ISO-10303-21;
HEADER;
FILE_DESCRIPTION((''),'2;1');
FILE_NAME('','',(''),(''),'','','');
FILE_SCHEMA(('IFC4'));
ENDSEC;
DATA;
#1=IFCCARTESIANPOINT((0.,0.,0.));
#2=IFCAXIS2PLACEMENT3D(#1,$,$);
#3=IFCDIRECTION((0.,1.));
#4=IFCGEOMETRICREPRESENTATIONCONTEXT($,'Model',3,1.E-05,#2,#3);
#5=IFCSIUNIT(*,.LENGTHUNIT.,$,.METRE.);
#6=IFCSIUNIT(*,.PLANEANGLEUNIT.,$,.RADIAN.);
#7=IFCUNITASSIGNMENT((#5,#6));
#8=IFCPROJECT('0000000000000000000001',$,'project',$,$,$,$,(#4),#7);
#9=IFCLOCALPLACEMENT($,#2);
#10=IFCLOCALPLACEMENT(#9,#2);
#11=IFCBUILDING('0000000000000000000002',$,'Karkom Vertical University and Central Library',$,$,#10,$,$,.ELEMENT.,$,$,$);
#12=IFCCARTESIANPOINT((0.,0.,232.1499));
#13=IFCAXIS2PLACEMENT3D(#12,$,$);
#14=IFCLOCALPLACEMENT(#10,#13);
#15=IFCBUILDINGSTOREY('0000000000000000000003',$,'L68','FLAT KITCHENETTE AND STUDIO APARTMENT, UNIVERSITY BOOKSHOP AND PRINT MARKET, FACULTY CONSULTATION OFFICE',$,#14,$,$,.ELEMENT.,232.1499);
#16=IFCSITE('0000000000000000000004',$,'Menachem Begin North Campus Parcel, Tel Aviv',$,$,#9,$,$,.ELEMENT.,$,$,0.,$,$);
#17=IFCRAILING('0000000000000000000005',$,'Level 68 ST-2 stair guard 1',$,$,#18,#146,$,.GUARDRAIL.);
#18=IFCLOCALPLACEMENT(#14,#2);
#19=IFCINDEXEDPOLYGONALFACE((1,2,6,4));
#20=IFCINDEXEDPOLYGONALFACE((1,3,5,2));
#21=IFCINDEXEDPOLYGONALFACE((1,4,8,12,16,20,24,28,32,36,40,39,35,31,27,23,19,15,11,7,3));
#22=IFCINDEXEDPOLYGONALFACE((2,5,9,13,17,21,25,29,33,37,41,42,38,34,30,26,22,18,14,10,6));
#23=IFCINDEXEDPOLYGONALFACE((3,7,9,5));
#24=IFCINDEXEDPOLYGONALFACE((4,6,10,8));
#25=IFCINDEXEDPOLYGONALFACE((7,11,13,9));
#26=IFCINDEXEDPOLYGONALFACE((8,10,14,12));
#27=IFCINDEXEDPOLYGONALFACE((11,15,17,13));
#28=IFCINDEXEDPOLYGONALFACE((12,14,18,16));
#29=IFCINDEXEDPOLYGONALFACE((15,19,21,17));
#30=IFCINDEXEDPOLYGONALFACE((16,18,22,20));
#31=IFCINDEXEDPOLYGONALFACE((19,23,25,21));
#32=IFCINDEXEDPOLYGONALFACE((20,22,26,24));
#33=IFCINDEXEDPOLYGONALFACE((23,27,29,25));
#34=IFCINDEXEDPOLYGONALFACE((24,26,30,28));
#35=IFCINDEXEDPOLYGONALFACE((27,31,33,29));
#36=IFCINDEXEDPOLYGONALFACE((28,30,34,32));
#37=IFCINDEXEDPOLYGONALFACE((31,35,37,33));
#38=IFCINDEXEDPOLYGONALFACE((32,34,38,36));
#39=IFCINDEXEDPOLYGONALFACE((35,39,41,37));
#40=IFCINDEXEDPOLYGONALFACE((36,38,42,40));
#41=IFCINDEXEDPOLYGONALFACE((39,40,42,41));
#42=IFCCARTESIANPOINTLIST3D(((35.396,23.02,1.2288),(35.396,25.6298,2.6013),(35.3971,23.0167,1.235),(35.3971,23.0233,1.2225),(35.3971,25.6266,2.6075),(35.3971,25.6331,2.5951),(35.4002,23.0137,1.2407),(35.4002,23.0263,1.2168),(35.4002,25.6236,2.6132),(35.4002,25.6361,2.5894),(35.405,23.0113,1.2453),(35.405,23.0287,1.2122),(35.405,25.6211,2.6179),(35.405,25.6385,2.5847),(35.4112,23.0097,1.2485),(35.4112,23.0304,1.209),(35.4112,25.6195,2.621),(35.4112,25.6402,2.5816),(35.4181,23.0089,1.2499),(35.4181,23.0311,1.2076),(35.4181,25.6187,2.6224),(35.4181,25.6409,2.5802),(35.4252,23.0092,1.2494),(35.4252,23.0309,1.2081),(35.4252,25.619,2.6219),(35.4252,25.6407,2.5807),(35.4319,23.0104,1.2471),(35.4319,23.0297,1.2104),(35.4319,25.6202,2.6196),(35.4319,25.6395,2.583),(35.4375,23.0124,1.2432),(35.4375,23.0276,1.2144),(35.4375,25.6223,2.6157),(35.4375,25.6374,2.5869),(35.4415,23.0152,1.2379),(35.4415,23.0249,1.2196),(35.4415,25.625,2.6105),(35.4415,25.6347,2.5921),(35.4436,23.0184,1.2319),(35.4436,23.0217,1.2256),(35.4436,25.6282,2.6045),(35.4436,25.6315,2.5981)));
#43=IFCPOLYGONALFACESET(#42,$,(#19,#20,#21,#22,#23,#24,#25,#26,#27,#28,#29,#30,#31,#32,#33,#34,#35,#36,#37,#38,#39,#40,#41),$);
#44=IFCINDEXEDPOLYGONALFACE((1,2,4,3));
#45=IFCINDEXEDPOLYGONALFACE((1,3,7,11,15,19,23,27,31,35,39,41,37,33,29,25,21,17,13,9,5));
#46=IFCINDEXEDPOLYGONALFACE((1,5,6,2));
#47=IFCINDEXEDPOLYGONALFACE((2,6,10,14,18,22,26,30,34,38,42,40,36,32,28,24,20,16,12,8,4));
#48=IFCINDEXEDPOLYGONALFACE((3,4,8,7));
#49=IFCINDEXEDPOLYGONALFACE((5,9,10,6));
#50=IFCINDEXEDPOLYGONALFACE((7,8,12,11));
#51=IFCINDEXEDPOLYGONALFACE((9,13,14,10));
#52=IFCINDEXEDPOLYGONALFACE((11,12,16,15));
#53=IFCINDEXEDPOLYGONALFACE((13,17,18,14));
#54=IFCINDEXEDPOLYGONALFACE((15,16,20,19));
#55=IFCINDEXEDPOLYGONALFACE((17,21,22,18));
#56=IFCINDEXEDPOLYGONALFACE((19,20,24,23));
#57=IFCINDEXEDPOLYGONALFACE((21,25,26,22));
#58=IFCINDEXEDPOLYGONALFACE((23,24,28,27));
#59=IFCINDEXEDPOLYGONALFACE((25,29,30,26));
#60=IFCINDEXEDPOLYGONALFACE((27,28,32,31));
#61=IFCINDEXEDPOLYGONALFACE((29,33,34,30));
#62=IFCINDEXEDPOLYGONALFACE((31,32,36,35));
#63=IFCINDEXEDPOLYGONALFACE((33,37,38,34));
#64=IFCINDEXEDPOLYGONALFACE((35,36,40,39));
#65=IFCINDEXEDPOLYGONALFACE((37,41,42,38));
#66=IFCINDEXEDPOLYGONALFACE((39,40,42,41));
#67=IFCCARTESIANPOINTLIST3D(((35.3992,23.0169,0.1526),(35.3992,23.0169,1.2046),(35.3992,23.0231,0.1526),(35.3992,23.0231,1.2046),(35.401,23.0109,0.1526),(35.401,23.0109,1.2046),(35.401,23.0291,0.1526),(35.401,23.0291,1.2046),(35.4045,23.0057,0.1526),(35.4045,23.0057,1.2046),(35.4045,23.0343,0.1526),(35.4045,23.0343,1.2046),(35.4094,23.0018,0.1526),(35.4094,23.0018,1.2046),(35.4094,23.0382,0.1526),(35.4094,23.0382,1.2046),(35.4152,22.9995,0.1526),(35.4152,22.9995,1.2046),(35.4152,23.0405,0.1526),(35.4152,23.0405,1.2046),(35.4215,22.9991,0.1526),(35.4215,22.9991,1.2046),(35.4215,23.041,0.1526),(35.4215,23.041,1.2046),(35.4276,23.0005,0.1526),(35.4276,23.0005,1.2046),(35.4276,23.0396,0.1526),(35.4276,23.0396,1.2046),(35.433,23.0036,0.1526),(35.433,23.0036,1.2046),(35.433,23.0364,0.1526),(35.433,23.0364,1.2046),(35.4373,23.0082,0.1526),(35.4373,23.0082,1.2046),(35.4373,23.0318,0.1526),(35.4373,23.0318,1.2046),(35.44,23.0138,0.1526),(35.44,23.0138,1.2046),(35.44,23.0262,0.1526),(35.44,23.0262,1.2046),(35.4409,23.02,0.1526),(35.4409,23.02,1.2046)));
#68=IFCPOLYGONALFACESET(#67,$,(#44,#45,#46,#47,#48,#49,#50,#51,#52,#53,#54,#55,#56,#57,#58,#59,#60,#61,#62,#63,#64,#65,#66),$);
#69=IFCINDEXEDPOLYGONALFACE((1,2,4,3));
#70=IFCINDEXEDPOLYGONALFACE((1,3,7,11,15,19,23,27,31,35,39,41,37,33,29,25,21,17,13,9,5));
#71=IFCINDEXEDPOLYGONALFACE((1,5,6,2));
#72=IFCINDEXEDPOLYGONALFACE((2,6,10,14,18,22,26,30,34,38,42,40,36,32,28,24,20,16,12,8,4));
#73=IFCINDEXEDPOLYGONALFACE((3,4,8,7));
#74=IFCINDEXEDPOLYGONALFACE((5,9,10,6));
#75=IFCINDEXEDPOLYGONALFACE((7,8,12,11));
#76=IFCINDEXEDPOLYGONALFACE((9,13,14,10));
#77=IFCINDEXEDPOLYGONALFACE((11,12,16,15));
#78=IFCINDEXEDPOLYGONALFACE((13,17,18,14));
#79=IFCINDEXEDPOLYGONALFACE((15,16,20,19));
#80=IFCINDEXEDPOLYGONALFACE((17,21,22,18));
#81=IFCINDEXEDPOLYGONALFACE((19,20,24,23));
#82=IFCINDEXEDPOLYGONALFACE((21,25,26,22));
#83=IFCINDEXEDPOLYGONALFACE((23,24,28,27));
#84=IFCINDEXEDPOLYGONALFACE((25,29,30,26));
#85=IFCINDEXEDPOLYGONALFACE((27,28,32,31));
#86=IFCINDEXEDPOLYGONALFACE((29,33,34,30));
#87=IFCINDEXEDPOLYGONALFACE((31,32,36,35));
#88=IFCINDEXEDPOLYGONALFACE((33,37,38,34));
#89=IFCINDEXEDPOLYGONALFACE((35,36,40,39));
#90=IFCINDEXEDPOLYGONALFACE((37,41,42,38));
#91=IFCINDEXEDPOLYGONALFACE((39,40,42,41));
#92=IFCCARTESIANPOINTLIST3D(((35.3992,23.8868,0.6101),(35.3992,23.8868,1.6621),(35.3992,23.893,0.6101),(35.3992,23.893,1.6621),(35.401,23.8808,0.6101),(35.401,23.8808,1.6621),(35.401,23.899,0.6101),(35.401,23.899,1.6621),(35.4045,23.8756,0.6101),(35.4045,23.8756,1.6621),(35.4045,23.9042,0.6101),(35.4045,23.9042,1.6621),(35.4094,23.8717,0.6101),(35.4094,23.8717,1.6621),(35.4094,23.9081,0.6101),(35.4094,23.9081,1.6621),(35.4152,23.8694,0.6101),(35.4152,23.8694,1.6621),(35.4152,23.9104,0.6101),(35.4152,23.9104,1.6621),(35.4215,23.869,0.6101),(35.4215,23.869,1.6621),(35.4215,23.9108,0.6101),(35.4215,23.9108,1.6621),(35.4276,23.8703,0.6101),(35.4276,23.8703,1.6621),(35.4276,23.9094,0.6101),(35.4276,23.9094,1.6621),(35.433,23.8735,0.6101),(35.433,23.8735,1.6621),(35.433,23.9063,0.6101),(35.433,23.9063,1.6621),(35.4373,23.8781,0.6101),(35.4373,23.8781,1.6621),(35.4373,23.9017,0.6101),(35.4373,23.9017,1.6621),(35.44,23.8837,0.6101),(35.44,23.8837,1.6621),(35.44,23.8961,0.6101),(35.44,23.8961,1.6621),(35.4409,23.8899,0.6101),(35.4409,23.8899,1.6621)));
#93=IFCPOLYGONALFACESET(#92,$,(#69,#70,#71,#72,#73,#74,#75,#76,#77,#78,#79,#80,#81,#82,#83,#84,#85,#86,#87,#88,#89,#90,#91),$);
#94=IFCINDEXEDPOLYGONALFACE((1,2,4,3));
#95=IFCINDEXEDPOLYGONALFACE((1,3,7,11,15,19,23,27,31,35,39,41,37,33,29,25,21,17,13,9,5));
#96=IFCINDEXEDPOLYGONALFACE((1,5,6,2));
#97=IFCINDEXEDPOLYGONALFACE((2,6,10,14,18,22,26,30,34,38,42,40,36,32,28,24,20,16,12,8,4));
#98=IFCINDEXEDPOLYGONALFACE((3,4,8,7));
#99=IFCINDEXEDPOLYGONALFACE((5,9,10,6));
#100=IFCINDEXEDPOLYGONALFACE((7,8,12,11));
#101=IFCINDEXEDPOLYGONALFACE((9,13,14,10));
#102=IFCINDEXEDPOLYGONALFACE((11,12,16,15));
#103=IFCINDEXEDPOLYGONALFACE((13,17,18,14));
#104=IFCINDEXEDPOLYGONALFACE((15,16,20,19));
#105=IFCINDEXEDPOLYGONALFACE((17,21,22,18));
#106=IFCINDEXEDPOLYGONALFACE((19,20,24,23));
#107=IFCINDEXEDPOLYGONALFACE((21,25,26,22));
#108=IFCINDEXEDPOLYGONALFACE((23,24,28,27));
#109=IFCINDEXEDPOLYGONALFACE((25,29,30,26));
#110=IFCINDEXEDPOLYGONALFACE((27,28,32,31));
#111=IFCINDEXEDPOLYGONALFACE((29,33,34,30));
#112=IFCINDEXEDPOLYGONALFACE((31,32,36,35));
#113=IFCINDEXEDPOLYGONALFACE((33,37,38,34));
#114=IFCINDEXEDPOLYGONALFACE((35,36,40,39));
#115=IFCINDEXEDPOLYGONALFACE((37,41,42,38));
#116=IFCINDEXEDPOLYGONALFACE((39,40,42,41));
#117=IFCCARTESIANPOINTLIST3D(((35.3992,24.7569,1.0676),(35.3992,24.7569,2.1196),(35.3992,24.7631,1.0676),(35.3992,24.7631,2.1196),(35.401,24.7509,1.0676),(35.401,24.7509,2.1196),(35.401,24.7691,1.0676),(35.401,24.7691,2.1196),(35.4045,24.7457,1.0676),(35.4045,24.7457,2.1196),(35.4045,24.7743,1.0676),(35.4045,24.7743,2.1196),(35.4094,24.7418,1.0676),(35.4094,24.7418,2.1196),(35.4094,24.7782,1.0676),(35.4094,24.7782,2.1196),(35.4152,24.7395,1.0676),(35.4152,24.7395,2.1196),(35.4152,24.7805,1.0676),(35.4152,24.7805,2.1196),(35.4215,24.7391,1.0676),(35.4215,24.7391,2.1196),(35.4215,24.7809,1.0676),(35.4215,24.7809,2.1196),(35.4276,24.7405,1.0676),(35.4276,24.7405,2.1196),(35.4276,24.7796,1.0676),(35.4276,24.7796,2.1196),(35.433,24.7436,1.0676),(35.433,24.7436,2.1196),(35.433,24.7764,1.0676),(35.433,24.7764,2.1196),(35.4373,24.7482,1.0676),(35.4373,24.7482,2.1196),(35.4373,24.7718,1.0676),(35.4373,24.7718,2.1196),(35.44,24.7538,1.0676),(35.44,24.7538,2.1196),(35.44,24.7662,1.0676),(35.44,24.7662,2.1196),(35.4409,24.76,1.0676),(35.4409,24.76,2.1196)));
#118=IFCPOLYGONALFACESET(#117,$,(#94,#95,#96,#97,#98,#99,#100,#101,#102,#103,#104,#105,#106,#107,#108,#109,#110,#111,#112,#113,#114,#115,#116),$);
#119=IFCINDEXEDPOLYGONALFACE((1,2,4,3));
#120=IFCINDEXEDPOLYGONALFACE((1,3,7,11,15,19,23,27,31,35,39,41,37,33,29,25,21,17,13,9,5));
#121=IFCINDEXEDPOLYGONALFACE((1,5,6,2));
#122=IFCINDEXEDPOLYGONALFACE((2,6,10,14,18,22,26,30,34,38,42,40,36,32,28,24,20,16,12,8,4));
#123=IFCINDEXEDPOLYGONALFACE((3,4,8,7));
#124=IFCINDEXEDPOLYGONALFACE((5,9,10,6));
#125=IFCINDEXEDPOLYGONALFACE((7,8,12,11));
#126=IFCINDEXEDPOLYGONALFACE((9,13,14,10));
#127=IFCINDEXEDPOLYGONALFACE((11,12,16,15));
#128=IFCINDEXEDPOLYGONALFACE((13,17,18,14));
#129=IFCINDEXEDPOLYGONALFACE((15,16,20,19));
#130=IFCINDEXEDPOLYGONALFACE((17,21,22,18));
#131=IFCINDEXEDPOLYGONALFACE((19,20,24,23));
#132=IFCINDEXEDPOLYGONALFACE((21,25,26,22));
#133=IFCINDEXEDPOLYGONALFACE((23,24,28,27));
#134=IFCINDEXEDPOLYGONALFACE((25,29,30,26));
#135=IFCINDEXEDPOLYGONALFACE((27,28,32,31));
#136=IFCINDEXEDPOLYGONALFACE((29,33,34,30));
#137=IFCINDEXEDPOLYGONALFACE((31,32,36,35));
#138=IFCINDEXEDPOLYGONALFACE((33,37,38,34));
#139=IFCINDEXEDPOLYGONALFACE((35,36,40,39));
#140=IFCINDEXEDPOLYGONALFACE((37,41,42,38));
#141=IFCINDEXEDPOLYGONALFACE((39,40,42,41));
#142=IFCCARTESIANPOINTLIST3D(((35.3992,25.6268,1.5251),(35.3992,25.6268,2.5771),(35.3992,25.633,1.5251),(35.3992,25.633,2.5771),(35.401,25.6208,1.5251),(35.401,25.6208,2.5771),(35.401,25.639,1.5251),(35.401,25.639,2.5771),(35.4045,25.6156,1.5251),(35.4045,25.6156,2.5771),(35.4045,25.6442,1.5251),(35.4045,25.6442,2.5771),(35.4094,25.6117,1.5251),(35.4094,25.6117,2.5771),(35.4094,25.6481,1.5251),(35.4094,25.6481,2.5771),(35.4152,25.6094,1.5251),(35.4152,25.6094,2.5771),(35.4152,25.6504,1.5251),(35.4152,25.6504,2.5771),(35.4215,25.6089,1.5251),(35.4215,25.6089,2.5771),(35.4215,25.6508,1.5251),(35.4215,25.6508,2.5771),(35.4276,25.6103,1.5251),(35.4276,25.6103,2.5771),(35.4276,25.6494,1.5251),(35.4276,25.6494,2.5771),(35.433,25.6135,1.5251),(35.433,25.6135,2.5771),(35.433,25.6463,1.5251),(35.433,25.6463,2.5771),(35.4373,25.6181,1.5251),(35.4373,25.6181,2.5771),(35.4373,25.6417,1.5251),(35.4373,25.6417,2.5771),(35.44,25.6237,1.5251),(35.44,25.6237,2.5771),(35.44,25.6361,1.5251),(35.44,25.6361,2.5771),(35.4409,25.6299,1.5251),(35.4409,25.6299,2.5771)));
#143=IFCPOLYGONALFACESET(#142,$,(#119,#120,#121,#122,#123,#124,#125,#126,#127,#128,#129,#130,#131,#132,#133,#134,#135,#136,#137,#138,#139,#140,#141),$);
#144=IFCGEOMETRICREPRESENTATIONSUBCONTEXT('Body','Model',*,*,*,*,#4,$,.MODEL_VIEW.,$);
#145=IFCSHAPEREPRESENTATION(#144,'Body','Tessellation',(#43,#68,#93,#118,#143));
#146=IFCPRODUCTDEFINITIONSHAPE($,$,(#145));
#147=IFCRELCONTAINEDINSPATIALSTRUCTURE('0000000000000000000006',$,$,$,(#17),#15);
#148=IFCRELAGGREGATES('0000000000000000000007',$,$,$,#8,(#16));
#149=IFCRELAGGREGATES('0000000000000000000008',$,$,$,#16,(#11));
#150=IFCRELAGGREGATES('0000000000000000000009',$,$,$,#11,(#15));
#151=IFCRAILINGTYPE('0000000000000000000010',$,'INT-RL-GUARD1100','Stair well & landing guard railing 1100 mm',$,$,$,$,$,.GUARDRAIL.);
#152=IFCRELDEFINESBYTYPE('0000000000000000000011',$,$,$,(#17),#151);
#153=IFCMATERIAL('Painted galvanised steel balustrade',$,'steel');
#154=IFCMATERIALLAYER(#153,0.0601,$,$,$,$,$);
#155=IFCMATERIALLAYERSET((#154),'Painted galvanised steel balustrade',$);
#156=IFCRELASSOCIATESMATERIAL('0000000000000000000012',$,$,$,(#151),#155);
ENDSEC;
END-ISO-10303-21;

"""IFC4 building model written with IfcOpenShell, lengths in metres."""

from ifc_helpers import new_model, si_unit, direction, frame, origin, origin_2d, place, context, subcontext, project, spatial, circle, extrude, material, layer, layer_set, type_object, element, save


model = new_model("IFC4")

# Units and contexts
model_context = context("Model", 3, precision=1e-05, world=origin(), true_north=direction((0.0, 1.0)))
body_context = subcontext(model_context, "Body", "Model", "MODEL_VIEW")
ifc_project = project(units=[si_unit("LENGTHUNIT", "METRE"), si_unit("PLANEANGLEUNIT", "RADIAN")], contexts=[model_context])

# Site, building, storey
site_placement = place(None, origin())
site = spatial("IfcSite", under=ifc_project, at=site_placement, Name="Menachem Begin North Campus Parcel, Tel Aviv", CompositionType="ELEMENT", RefElevation=0.0)
building_placement = place(site_placement, origin())
building = spatial("IfcBuilding", under=site, at=building_placement, Name="Karkom Vertical University and Central Library", CompositionType="ELEMENT")
storey_placement = place(building_placement, frame((0.0, 0.0, 232.1499)))
storey = spatial("IfcBuildingStorey", under=building, at=storey_placement, Name="L68", Description="FLAT KITCHENETTE AND STUDIO APARTMENT, UNIVERSITY BOOKSHOP AND PRINT MARKET, FACULTY CONSULTATION OFFICE", CompositionType="ELEMENT", Elevation=232.1499)

# Railing
ifc_material_1 = material(Name="Painted galvanised steel balustrade", Category="steel")
ifc_layer_1 = layer(ifc_material_1, 0.0601)
ifc_layer_set_1 = layer_set([ifc_layer_1], Name="Painted galvanised steel balustrade")
railing_type_1 = type_object("IfcRailingType", Name="INT-RL-GUARD1100", Description="Stair well & landing guard railing 1100 mm", PredefinedType="GUARDRAIL", material=ifc_layer_set_1)
railing_1_placement = place(storey_placement, frame((35.4199, 23.02, 0.1526)))
element("IfcRailing", 1, at=railing_1_placement, inside=storey, type_object=railing_type_1, Name="Level 68 ST-2 stair guard 1", PredefinedType="GUARDRAIL", context=body_context, shape_type="SweptSolid", body=[
    extrude(circle(Radius=0.0239, at=origin_2d()), frame((0.0, 0.0, 1.0762), z_axis=(0.0, 0.885065, 0.465467), x_axis=(-1.0, 0.0, 0.0)), (0.0, 0.0, 1.0), 2.9487),
    extrude(circle(Radius=0.021, at=origin_2d()), origin(), (0.0, 0.0, 1.0), 1.052),
    extrude(circle(Radius=0.021, at=origin_2d()), frame((0.0, 0.8699, 0.4575)), (0.0, 0.0, 1.0), 1.052),
    extrude(circle(Radius=0.021, at=origin_2d()), frame((0.0, 1.74, 0.915)), (0.0, 0.0, 1.0), 1.052),
    extrude(circle(Radius=0.021, at=origin_2d()), frame((0.0, 2.6099, 1.3726)), (0.0, 0.0, 1.0), 1.052),
])

save(model, "model.ifc")
